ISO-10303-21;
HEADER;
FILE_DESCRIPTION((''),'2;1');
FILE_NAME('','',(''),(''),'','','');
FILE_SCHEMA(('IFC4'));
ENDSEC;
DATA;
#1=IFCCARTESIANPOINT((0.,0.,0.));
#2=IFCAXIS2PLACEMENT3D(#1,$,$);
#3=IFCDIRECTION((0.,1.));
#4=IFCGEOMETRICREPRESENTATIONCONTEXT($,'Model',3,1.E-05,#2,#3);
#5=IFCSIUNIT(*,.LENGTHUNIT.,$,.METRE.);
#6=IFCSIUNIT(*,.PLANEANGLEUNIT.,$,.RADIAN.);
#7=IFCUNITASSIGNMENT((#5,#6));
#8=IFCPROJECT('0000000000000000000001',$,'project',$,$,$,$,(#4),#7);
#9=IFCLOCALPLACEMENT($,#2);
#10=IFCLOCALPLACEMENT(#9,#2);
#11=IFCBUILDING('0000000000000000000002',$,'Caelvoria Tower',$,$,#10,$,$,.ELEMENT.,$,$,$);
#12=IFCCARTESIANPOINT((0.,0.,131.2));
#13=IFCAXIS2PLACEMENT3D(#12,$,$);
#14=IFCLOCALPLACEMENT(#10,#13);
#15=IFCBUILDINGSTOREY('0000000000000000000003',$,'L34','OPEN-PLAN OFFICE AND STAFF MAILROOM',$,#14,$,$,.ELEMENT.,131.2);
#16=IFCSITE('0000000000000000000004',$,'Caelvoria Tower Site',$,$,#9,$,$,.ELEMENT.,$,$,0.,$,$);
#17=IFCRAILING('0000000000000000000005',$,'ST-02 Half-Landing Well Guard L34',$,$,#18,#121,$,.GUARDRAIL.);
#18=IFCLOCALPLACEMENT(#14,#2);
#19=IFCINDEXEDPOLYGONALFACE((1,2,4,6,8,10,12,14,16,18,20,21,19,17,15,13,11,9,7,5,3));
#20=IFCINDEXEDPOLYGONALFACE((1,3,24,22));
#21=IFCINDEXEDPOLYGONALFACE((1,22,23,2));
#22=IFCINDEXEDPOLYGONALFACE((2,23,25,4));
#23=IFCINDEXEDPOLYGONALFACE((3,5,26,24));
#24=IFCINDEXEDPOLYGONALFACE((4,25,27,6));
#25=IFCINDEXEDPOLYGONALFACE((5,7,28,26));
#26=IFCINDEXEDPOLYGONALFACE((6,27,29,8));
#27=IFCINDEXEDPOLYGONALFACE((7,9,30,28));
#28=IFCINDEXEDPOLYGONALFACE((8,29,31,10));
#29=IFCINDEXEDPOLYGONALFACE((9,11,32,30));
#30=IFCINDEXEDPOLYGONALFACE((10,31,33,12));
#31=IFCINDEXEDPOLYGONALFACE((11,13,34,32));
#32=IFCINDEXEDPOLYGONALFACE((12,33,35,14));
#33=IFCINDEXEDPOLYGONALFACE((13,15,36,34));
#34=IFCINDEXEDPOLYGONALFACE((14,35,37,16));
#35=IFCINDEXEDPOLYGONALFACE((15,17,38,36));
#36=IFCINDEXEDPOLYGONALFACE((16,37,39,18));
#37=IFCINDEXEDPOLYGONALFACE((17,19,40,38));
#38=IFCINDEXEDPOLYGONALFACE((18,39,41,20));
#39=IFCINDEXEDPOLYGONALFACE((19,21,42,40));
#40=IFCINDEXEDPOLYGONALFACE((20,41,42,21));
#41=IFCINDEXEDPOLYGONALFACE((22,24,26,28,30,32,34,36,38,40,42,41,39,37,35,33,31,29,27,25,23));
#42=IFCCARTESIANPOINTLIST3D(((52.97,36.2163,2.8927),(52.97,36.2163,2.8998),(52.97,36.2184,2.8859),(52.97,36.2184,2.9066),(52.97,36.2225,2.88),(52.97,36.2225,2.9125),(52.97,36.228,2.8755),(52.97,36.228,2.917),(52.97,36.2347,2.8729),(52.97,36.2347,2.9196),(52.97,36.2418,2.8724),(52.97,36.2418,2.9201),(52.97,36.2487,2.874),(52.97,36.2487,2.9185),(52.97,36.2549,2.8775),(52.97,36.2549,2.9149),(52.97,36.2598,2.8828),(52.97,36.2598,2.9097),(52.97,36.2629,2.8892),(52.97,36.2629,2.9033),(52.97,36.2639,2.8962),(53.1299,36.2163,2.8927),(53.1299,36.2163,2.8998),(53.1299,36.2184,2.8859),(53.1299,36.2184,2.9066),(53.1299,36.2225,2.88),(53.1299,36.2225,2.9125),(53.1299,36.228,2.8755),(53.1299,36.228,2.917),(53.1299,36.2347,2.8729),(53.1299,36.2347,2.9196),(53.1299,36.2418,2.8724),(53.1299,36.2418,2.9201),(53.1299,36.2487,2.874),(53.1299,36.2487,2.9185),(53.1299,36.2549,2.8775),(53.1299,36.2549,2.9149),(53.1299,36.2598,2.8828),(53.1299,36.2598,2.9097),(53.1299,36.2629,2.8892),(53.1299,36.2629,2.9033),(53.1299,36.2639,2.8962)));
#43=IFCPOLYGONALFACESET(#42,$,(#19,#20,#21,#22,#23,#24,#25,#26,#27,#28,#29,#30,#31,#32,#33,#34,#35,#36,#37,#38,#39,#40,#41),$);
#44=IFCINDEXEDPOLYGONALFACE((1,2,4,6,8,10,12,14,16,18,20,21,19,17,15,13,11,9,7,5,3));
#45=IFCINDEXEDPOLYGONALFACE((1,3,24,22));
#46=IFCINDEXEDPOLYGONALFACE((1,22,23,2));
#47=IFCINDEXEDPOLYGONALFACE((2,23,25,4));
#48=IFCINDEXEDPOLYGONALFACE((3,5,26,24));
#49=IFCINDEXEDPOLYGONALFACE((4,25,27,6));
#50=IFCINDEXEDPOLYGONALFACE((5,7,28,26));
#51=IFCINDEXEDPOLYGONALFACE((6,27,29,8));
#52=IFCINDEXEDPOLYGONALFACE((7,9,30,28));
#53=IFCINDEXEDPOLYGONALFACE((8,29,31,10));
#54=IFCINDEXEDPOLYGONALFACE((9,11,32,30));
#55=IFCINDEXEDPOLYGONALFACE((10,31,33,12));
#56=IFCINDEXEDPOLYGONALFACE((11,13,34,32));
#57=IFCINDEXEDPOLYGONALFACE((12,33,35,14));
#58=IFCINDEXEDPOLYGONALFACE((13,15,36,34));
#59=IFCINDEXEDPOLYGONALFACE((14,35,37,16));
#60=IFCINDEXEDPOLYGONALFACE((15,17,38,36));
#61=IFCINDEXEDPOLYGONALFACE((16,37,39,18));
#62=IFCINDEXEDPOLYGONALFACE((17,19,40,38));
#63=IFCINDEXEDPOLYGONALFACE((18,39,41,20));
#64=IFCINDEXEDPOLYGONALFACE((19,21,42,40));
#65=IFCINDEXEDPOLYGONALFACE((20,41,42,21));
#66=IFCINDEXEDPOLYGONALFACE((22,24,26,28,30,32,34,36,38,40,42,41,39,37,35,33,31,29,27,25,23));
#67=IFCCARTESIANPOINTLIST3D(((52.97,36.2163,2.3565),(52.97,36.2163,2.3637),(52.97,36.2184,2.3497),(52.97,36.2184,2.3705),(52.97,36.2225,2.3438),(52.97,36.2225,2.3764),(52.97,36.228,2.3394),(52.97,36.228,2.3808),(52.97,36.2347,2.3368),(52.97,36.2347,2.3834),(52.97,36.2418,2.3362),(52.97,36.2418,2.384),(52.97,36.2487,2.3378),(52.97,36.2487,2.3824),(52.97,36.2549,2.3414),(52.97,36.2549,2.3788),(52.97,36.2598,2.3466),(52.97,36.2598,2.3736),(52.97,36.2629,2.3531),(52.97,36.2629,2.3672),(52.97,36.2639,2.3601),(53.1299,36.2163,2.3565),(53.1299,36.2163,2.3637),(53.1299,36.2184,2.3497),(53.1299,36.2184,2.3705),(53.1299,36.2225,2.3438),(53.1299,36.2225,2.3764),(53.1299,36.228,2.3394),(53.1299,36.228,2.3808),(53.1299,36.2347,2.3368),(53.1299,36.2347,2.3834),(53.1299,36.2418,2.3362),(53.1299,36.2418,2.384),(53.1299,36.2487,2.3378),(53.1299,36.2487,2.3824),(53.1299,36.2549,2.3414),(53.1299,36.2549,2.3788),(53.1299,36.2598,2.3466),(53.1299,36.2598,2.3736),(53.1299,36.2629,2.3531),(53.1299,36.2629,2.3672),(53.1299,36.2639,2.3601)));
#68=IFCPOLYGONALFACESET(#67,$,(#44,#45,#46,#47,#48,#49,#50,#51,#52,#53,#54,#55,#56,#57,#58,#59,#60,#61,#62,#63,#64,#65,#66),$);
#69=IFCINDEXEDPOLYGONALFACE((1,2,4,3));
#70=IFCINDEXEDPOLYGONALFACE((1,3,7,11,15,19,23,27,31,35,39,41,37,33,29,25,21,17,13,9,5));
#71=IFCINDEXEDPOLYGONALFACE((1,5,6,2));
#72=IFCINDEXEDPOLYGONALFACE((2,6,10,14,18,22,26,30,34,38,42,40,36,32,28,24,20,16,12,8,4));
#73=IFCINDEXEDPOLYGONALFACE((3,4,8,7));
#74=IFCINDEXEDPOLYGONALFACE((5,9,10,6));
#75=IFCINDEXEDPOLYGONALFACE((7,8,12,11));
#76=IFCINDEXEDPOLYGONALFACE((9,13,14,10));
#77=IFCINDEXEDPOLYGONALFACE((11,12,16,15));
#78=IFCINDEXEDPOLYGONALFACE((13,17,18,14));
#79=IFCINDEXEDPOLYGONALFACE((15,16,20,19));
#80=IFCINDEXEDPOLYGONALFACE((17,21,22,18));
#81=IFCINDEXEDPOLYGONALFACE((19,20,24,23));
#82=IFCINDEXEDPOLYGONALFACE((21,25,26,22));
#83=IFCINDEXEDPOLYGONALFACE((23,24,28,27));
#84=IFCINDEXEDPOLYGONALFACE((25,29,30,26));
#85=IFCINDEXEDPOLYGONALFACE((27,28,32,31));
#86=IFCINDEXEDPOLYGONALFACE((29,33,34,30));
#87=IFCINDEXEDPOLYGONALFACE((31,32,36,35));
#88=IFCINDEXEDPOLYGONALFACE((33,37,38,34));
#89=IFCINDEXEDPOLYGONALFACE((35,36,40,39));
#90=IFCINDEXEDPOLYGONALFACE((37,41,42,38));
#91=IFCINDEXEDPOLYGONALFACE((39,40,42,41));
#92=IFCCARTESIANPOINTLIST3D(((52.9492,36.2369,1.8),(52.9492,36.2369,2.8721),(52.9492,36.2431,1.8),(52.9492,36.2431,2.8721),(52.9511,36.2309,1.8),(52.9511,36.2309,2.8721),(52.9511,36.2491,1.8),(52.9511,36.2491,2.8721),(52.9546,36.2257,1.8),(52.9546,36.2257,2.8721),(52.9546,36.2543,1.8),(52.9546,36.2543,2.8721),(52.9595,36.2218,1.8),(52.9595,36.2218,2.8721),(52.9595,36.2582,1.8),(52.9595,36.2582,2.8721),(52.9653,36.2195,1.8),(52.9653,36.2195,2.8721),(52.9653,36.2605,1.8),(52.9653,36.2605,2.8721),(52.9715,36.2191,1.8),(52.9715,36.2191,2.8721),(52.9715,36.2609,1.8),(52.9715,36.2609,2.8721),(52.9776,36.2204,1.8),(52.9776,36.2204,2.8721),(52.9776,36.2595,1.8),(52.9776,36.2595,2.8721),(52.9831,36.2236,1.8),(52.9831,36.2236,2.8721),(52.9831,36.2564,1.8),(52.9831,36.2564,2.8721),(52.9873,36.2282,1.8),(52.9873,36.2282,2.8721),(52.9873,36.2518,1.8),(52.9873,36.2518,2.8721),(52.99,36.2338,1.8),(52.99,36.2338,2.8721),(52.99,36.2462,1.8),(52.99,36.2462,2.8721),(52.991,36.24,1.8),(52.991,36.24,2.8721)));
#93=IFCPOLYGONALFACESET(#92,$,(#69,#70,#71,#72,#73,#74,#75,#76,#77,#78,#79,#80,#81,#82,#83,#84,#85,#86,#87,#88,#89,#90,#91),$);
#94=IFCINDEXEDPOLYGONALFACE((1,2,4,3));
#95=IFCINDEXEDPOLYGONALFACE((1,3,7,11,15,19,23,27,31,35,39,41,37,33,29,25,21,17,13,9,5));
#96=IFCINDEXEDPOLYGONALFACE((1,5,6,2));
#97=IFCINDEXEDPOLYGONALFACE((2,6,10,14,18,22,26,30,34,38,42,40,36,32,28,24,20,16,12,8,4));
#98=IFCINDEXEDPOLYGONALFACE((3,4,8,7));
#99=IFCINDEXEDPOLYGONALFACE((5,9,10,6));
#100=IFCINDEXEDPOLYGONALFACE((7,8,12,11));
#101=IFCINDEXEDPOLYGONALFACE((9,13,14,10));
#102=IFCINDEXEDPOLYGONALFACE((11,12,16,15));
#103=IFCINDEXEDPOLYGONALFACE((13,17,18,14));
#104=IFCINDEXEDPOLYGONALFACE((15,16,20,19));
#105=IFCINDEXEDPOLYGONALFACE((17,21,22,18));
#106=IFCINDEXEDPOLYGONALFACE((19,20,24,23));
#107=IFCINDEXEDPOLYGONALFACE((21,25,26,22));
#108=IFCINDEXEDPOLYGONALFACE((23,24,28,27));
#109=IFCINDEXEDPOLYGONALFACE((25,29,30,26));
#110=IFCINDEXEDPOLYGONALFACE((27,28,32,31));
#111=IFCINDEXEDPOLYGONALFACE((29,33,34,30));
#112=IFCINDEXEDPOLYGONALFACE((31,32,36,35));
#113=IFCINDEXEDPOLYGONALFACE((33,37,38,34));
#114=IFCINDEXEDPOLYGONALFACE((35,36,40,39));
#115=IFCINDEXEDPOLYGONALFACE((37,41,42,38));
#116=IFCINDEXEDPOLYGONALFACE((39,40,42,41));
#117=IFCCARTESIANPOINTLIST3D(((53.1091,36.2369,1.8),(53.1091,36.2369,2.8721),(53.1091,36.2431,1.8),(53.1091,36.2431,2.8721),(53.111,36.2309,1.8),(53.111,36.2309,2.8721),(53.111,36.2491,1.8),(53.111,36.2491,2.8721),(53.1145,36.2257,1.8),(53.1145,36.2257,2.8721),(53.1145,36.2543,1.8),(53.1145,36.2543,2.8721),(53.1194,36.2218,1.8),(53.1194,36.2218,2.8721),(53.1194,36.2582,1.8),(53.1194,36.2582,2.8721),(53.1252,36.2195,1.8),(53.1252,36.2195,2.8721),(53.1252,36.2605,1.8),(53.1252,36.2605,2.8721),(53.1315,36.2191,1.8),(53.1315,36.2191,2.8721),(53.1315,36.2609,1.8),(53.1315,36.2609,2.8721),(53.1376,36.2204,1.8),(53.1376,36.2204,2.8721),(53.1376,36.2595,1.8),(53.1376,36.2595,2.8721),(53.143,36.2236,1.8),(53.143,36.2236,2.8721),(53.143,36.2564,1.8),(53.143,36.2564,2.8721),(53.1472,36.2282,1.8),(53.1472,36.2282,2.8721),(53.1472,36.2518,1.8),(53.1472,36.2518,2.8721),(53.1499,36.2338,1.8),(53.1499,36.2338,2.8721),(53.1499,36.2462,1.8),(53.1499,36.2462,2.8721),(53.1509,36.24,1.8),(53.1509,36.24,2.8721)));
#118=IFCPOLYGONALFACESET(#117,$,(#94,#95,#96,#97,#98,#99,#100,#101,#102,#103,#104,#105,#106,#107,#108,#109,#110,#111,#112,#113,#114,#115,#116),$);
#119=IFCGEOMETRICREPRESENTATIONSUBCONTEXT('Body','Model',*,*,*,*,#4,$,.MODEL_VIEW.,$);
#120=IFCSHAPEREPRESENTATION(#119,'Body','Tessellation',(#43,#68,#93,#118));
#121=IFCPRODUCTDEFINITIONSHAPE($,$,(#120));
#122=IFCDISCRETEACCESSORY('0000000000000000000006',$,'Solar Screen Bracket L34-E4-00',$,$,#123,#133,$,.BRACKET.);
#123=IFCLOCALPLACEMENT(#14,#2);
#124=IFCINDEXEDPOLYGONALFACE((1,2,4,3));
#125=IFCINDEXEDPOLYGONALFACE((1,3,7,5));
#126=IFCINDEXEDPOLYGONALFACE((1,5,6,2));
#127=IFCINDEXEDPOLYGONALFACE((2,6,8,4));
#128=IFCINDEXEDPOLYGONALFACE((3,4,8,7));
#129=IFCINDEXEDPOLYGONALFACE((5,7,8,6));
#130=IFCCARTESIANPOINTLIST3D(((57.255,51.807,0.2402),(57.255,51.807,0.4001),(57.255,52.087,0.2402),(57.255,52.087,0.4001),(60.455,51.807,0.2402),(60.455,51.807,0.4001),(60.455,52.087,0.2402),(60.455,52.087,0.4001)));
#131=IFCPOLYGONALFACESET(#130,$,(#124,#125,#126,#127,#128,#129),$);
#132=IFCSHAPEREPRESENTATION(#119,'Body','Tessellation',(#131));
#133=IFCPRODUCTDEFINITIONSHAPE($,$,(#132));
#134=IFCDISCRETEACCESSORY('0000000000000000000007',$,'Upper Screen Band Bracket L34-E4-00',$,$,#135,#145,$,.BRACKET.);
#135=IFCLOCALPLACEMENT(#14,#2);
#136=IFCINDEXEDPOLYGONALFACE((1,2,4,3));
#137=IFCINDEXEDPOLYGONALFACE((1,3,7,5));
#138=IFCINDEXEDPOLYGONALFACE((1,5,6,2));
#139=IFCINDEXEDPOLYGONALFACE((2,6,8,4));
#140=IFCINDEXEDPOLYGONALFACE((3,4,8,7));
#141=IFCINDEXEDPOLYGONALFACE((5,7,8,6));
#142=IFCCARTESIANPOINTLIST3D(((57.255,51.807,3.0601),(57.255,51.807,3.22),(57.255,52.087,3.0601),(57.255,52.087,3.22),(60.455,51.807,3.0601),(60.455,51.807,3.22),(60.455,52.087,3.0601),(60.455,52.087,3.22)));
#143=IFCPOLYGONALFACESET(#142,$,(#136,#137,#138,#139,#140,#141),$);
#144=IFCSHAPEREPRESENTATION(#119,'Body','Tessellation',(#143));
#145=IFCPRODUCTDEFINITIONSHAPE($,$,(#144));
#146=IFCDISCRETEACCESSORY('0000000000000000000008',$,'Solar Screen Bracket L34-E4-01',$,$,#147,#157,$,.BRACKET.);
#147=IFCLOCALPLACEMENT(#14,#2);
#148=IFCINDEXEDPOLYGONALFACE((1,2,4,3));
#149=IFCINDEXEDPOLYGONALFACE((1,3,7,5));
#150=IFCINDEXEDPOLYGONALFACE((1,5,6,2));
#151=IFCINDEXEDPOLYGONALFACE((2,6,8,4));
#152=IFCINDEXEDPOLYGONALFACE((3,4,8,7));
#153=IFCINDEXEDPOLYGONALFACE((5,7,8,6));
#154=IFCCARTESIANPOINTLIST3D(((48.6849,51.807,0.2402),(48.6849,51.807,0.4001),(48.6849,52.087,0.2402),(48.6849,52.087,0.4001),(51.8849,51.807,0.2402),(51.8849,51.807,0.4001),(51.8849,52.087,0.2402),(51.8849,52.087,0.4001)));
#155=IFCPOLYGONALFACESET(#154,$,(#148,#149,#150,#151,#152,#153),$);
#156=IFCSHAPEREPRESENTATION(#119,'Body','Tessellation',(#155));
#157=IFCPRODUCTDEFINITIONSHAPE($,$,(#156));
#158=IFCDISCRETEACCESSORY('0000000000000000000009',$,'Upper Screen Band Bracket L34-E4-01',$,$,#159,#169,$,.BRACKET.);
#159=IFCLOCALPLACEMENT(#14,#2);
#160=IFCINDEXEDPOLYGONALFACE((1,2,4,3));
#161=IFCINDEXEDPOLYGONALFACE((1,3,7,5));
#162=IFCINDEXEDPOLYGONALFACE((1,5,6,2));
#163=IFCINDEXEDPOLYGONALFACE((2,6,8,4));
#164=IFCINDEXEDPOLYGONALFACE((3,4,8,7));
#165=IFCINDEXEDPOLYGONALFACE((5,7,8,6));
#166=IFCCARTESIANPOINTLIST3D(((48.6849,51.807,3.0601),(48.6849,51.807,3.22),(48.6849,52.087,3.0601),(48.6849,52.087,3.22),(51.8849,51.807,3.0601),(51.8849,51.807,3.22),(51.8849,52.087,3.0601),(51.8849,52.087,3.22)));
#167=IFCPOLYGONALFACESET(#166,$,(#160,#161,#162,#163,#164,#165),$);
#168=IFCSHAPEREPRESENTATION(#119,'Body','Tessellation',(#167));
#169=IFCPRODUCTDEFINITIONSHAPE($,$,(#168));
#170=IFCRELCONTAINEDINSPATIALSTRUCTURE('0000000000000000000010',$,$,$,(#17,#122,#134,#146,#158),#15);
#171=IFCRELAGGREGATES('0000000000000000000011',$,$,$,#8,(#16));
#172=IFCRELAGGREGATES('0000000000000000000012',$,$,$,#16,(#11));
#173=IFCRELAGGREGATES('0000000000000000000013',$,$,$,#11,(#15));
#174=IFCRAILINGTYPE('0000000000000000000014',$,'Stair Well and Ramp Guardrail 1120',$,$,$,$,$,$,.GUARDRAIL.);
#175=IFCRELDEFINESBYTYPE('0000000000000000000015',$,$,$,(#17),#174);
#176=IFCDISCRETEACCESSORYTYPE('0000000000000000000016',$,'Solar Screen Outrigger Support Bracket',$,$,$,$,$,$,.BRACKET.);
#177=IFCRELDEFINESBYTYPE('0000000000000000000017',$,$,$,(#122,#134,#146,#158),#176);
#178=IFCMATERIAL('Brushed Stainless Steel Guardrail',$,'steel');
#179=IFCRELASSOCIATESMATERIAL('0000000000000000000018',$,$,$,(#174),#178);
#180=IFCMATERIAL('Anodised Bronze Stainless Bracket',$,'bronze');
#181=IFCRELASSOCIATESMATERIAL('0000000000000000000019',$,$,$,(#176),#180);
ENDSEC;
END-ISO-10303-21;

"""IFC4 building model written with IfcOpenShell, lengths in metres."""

from ifc_helpers import new_model, si_unit, direction, frame, origin, origin_2d, place, context, subcontext, project, spatial, rectangle, circle, extrude, material, type_object, element, save


model = new_model("IFC4")

# Units and contexts
model_context = context("Model", 3, precision=1e-05, world=origin(), true_north=direction((0.0, 1.0)))
body_context = subcontext(model_context, "Body", "Model", "MODEL_VIEW")
ifc_project = project(units=[si_unit("LENGTHUNIT", "METRE"), si_unit("PLANEANGLEUNIT", "RADIAN")], contexts=[model_context])

# Site, building, storey
site_placement = place(None, origin())
site = spatial("IfcSite", under=ifc_project, at=site_placement, Name="Caelvoria Tower Site", CompositionType="ELEMENT", RefElevation=0.0)
building_placement = place(site_placement, origin())
building = spatial("IfcBuilding", under=site, at=building_placement, Name="Caelvoria Tower", CompositionType="ELEMENT")
storey_placement = place(building_placement, frame((0.0, 0.0, 131.2)))
storey = spatial("IfcBuildingStorey", under=building, at=storey_placement, Name="L34", Description="OPEN-PLAN OFFICE AND STAFF MAILROOM", CompositionType="ELEMENT", Elevation=131.2)

# Railing
ifc_material_1 = material(Name="Brushed Stainless Steel Guardrail", Category="steel")
railing_type_1 = type_object("IfcRailingType", Name="Stair Well and Ramp Guardrail 1120", PredefinedType="GUARDRAIL", material=ifc_material_1)
railing_1_placement = place(storey_placement, frame((52.97, 36.24, 1.8)))
element("IfcRailing", 1, at=railing_1_placement, inside=storey, type_object=railing_type_1, Name="ST-02 Half-Landing Well Guard L34", PredefinedType="GUARDRAIL", context=body_context, shape_type="SweptSolid", body=[
    extrude(circle(Radius=0.0239, at=origin_2d()), frame((0.0, 0.0, 1.0962), z_axis=(1.0, 0.0, 0.0), x_axis=(0.0, 1.0, 0.0)), (0.0, 0.0, 1.0), 0.1599),
    extrude(circle(Radius=0.0239, at=origin_2d()), frame((0.0, 0.0, 0.5601), z_axis=(1.0, 0.0, 0.0), x_axis=(0.0, 1.0, 0.0)), (0.0, 0.0, 1.0), 0.1599),
    extrude(circle(Radius=0.021, at=origin_2d()), origin(), (0.0, 0.0, 1.0), 1.072),
    extrude(circle(Radius=0.021, at=origin_2d()), frame((0.1599, 0.0, 0.0)), (0.0, 0.0, 1.0), 1.072),
])

# Discrete accessories
ifc_material_2 = material(Name="Anodised Bronze Stainless Bracket", Category="bronze")
discrete_accessory_type = type_object("IfcDiscreteAccessoryType", Name="Solar Screen Outrigger Support Bracket", PredefinedType="BRACKET", material=ifc_material_2)
for number, where, z_axis, x_axis, name in (
    (2, (58.855, 51.947, 0.2402), (0.0, 0.0, 1.0), (-1.0, 0.0, 0.0), "Solar Screen Bracket L34-E4-00"),
    (3, (58.855, 51.947, 3.0601), (0.0, 0.0, 1.0), (-1.0, 0.0, 0.0), "Upper Screen Band Bracket L34-E4-00"),
    (4, (50.2849, 51.947, 0.2402), (0.0, 0.0, 1.0), (-1.0, 0.0, 0.0), "Solar Screen Bracket L34-E4-01"),
    (5, (50.2849, 51.947, 3.0601), (0.0, 0.0, 1.0), (-1.0, 0.0, 0.0), "Upper Screen Band Bracket L34-E4-01"),
):
    element("IfcDiscreteAccessory", number, at=place(storey_placement, frame(where, z_axis=z_axis, x_axis=x_axis)), inside=storey, type_object=discrete_accessory_type, Name=name, PredefinedType="BRACKET", context=body_context, shape_type="SweptSolid", body=[
        extrude(rectangle(XDim=3.2, YDim=0.28, at=origin_2d()), origin(), (0.0, 0.0, 1.0), 0.1599),
    ])

save(model, "model.ifc")
